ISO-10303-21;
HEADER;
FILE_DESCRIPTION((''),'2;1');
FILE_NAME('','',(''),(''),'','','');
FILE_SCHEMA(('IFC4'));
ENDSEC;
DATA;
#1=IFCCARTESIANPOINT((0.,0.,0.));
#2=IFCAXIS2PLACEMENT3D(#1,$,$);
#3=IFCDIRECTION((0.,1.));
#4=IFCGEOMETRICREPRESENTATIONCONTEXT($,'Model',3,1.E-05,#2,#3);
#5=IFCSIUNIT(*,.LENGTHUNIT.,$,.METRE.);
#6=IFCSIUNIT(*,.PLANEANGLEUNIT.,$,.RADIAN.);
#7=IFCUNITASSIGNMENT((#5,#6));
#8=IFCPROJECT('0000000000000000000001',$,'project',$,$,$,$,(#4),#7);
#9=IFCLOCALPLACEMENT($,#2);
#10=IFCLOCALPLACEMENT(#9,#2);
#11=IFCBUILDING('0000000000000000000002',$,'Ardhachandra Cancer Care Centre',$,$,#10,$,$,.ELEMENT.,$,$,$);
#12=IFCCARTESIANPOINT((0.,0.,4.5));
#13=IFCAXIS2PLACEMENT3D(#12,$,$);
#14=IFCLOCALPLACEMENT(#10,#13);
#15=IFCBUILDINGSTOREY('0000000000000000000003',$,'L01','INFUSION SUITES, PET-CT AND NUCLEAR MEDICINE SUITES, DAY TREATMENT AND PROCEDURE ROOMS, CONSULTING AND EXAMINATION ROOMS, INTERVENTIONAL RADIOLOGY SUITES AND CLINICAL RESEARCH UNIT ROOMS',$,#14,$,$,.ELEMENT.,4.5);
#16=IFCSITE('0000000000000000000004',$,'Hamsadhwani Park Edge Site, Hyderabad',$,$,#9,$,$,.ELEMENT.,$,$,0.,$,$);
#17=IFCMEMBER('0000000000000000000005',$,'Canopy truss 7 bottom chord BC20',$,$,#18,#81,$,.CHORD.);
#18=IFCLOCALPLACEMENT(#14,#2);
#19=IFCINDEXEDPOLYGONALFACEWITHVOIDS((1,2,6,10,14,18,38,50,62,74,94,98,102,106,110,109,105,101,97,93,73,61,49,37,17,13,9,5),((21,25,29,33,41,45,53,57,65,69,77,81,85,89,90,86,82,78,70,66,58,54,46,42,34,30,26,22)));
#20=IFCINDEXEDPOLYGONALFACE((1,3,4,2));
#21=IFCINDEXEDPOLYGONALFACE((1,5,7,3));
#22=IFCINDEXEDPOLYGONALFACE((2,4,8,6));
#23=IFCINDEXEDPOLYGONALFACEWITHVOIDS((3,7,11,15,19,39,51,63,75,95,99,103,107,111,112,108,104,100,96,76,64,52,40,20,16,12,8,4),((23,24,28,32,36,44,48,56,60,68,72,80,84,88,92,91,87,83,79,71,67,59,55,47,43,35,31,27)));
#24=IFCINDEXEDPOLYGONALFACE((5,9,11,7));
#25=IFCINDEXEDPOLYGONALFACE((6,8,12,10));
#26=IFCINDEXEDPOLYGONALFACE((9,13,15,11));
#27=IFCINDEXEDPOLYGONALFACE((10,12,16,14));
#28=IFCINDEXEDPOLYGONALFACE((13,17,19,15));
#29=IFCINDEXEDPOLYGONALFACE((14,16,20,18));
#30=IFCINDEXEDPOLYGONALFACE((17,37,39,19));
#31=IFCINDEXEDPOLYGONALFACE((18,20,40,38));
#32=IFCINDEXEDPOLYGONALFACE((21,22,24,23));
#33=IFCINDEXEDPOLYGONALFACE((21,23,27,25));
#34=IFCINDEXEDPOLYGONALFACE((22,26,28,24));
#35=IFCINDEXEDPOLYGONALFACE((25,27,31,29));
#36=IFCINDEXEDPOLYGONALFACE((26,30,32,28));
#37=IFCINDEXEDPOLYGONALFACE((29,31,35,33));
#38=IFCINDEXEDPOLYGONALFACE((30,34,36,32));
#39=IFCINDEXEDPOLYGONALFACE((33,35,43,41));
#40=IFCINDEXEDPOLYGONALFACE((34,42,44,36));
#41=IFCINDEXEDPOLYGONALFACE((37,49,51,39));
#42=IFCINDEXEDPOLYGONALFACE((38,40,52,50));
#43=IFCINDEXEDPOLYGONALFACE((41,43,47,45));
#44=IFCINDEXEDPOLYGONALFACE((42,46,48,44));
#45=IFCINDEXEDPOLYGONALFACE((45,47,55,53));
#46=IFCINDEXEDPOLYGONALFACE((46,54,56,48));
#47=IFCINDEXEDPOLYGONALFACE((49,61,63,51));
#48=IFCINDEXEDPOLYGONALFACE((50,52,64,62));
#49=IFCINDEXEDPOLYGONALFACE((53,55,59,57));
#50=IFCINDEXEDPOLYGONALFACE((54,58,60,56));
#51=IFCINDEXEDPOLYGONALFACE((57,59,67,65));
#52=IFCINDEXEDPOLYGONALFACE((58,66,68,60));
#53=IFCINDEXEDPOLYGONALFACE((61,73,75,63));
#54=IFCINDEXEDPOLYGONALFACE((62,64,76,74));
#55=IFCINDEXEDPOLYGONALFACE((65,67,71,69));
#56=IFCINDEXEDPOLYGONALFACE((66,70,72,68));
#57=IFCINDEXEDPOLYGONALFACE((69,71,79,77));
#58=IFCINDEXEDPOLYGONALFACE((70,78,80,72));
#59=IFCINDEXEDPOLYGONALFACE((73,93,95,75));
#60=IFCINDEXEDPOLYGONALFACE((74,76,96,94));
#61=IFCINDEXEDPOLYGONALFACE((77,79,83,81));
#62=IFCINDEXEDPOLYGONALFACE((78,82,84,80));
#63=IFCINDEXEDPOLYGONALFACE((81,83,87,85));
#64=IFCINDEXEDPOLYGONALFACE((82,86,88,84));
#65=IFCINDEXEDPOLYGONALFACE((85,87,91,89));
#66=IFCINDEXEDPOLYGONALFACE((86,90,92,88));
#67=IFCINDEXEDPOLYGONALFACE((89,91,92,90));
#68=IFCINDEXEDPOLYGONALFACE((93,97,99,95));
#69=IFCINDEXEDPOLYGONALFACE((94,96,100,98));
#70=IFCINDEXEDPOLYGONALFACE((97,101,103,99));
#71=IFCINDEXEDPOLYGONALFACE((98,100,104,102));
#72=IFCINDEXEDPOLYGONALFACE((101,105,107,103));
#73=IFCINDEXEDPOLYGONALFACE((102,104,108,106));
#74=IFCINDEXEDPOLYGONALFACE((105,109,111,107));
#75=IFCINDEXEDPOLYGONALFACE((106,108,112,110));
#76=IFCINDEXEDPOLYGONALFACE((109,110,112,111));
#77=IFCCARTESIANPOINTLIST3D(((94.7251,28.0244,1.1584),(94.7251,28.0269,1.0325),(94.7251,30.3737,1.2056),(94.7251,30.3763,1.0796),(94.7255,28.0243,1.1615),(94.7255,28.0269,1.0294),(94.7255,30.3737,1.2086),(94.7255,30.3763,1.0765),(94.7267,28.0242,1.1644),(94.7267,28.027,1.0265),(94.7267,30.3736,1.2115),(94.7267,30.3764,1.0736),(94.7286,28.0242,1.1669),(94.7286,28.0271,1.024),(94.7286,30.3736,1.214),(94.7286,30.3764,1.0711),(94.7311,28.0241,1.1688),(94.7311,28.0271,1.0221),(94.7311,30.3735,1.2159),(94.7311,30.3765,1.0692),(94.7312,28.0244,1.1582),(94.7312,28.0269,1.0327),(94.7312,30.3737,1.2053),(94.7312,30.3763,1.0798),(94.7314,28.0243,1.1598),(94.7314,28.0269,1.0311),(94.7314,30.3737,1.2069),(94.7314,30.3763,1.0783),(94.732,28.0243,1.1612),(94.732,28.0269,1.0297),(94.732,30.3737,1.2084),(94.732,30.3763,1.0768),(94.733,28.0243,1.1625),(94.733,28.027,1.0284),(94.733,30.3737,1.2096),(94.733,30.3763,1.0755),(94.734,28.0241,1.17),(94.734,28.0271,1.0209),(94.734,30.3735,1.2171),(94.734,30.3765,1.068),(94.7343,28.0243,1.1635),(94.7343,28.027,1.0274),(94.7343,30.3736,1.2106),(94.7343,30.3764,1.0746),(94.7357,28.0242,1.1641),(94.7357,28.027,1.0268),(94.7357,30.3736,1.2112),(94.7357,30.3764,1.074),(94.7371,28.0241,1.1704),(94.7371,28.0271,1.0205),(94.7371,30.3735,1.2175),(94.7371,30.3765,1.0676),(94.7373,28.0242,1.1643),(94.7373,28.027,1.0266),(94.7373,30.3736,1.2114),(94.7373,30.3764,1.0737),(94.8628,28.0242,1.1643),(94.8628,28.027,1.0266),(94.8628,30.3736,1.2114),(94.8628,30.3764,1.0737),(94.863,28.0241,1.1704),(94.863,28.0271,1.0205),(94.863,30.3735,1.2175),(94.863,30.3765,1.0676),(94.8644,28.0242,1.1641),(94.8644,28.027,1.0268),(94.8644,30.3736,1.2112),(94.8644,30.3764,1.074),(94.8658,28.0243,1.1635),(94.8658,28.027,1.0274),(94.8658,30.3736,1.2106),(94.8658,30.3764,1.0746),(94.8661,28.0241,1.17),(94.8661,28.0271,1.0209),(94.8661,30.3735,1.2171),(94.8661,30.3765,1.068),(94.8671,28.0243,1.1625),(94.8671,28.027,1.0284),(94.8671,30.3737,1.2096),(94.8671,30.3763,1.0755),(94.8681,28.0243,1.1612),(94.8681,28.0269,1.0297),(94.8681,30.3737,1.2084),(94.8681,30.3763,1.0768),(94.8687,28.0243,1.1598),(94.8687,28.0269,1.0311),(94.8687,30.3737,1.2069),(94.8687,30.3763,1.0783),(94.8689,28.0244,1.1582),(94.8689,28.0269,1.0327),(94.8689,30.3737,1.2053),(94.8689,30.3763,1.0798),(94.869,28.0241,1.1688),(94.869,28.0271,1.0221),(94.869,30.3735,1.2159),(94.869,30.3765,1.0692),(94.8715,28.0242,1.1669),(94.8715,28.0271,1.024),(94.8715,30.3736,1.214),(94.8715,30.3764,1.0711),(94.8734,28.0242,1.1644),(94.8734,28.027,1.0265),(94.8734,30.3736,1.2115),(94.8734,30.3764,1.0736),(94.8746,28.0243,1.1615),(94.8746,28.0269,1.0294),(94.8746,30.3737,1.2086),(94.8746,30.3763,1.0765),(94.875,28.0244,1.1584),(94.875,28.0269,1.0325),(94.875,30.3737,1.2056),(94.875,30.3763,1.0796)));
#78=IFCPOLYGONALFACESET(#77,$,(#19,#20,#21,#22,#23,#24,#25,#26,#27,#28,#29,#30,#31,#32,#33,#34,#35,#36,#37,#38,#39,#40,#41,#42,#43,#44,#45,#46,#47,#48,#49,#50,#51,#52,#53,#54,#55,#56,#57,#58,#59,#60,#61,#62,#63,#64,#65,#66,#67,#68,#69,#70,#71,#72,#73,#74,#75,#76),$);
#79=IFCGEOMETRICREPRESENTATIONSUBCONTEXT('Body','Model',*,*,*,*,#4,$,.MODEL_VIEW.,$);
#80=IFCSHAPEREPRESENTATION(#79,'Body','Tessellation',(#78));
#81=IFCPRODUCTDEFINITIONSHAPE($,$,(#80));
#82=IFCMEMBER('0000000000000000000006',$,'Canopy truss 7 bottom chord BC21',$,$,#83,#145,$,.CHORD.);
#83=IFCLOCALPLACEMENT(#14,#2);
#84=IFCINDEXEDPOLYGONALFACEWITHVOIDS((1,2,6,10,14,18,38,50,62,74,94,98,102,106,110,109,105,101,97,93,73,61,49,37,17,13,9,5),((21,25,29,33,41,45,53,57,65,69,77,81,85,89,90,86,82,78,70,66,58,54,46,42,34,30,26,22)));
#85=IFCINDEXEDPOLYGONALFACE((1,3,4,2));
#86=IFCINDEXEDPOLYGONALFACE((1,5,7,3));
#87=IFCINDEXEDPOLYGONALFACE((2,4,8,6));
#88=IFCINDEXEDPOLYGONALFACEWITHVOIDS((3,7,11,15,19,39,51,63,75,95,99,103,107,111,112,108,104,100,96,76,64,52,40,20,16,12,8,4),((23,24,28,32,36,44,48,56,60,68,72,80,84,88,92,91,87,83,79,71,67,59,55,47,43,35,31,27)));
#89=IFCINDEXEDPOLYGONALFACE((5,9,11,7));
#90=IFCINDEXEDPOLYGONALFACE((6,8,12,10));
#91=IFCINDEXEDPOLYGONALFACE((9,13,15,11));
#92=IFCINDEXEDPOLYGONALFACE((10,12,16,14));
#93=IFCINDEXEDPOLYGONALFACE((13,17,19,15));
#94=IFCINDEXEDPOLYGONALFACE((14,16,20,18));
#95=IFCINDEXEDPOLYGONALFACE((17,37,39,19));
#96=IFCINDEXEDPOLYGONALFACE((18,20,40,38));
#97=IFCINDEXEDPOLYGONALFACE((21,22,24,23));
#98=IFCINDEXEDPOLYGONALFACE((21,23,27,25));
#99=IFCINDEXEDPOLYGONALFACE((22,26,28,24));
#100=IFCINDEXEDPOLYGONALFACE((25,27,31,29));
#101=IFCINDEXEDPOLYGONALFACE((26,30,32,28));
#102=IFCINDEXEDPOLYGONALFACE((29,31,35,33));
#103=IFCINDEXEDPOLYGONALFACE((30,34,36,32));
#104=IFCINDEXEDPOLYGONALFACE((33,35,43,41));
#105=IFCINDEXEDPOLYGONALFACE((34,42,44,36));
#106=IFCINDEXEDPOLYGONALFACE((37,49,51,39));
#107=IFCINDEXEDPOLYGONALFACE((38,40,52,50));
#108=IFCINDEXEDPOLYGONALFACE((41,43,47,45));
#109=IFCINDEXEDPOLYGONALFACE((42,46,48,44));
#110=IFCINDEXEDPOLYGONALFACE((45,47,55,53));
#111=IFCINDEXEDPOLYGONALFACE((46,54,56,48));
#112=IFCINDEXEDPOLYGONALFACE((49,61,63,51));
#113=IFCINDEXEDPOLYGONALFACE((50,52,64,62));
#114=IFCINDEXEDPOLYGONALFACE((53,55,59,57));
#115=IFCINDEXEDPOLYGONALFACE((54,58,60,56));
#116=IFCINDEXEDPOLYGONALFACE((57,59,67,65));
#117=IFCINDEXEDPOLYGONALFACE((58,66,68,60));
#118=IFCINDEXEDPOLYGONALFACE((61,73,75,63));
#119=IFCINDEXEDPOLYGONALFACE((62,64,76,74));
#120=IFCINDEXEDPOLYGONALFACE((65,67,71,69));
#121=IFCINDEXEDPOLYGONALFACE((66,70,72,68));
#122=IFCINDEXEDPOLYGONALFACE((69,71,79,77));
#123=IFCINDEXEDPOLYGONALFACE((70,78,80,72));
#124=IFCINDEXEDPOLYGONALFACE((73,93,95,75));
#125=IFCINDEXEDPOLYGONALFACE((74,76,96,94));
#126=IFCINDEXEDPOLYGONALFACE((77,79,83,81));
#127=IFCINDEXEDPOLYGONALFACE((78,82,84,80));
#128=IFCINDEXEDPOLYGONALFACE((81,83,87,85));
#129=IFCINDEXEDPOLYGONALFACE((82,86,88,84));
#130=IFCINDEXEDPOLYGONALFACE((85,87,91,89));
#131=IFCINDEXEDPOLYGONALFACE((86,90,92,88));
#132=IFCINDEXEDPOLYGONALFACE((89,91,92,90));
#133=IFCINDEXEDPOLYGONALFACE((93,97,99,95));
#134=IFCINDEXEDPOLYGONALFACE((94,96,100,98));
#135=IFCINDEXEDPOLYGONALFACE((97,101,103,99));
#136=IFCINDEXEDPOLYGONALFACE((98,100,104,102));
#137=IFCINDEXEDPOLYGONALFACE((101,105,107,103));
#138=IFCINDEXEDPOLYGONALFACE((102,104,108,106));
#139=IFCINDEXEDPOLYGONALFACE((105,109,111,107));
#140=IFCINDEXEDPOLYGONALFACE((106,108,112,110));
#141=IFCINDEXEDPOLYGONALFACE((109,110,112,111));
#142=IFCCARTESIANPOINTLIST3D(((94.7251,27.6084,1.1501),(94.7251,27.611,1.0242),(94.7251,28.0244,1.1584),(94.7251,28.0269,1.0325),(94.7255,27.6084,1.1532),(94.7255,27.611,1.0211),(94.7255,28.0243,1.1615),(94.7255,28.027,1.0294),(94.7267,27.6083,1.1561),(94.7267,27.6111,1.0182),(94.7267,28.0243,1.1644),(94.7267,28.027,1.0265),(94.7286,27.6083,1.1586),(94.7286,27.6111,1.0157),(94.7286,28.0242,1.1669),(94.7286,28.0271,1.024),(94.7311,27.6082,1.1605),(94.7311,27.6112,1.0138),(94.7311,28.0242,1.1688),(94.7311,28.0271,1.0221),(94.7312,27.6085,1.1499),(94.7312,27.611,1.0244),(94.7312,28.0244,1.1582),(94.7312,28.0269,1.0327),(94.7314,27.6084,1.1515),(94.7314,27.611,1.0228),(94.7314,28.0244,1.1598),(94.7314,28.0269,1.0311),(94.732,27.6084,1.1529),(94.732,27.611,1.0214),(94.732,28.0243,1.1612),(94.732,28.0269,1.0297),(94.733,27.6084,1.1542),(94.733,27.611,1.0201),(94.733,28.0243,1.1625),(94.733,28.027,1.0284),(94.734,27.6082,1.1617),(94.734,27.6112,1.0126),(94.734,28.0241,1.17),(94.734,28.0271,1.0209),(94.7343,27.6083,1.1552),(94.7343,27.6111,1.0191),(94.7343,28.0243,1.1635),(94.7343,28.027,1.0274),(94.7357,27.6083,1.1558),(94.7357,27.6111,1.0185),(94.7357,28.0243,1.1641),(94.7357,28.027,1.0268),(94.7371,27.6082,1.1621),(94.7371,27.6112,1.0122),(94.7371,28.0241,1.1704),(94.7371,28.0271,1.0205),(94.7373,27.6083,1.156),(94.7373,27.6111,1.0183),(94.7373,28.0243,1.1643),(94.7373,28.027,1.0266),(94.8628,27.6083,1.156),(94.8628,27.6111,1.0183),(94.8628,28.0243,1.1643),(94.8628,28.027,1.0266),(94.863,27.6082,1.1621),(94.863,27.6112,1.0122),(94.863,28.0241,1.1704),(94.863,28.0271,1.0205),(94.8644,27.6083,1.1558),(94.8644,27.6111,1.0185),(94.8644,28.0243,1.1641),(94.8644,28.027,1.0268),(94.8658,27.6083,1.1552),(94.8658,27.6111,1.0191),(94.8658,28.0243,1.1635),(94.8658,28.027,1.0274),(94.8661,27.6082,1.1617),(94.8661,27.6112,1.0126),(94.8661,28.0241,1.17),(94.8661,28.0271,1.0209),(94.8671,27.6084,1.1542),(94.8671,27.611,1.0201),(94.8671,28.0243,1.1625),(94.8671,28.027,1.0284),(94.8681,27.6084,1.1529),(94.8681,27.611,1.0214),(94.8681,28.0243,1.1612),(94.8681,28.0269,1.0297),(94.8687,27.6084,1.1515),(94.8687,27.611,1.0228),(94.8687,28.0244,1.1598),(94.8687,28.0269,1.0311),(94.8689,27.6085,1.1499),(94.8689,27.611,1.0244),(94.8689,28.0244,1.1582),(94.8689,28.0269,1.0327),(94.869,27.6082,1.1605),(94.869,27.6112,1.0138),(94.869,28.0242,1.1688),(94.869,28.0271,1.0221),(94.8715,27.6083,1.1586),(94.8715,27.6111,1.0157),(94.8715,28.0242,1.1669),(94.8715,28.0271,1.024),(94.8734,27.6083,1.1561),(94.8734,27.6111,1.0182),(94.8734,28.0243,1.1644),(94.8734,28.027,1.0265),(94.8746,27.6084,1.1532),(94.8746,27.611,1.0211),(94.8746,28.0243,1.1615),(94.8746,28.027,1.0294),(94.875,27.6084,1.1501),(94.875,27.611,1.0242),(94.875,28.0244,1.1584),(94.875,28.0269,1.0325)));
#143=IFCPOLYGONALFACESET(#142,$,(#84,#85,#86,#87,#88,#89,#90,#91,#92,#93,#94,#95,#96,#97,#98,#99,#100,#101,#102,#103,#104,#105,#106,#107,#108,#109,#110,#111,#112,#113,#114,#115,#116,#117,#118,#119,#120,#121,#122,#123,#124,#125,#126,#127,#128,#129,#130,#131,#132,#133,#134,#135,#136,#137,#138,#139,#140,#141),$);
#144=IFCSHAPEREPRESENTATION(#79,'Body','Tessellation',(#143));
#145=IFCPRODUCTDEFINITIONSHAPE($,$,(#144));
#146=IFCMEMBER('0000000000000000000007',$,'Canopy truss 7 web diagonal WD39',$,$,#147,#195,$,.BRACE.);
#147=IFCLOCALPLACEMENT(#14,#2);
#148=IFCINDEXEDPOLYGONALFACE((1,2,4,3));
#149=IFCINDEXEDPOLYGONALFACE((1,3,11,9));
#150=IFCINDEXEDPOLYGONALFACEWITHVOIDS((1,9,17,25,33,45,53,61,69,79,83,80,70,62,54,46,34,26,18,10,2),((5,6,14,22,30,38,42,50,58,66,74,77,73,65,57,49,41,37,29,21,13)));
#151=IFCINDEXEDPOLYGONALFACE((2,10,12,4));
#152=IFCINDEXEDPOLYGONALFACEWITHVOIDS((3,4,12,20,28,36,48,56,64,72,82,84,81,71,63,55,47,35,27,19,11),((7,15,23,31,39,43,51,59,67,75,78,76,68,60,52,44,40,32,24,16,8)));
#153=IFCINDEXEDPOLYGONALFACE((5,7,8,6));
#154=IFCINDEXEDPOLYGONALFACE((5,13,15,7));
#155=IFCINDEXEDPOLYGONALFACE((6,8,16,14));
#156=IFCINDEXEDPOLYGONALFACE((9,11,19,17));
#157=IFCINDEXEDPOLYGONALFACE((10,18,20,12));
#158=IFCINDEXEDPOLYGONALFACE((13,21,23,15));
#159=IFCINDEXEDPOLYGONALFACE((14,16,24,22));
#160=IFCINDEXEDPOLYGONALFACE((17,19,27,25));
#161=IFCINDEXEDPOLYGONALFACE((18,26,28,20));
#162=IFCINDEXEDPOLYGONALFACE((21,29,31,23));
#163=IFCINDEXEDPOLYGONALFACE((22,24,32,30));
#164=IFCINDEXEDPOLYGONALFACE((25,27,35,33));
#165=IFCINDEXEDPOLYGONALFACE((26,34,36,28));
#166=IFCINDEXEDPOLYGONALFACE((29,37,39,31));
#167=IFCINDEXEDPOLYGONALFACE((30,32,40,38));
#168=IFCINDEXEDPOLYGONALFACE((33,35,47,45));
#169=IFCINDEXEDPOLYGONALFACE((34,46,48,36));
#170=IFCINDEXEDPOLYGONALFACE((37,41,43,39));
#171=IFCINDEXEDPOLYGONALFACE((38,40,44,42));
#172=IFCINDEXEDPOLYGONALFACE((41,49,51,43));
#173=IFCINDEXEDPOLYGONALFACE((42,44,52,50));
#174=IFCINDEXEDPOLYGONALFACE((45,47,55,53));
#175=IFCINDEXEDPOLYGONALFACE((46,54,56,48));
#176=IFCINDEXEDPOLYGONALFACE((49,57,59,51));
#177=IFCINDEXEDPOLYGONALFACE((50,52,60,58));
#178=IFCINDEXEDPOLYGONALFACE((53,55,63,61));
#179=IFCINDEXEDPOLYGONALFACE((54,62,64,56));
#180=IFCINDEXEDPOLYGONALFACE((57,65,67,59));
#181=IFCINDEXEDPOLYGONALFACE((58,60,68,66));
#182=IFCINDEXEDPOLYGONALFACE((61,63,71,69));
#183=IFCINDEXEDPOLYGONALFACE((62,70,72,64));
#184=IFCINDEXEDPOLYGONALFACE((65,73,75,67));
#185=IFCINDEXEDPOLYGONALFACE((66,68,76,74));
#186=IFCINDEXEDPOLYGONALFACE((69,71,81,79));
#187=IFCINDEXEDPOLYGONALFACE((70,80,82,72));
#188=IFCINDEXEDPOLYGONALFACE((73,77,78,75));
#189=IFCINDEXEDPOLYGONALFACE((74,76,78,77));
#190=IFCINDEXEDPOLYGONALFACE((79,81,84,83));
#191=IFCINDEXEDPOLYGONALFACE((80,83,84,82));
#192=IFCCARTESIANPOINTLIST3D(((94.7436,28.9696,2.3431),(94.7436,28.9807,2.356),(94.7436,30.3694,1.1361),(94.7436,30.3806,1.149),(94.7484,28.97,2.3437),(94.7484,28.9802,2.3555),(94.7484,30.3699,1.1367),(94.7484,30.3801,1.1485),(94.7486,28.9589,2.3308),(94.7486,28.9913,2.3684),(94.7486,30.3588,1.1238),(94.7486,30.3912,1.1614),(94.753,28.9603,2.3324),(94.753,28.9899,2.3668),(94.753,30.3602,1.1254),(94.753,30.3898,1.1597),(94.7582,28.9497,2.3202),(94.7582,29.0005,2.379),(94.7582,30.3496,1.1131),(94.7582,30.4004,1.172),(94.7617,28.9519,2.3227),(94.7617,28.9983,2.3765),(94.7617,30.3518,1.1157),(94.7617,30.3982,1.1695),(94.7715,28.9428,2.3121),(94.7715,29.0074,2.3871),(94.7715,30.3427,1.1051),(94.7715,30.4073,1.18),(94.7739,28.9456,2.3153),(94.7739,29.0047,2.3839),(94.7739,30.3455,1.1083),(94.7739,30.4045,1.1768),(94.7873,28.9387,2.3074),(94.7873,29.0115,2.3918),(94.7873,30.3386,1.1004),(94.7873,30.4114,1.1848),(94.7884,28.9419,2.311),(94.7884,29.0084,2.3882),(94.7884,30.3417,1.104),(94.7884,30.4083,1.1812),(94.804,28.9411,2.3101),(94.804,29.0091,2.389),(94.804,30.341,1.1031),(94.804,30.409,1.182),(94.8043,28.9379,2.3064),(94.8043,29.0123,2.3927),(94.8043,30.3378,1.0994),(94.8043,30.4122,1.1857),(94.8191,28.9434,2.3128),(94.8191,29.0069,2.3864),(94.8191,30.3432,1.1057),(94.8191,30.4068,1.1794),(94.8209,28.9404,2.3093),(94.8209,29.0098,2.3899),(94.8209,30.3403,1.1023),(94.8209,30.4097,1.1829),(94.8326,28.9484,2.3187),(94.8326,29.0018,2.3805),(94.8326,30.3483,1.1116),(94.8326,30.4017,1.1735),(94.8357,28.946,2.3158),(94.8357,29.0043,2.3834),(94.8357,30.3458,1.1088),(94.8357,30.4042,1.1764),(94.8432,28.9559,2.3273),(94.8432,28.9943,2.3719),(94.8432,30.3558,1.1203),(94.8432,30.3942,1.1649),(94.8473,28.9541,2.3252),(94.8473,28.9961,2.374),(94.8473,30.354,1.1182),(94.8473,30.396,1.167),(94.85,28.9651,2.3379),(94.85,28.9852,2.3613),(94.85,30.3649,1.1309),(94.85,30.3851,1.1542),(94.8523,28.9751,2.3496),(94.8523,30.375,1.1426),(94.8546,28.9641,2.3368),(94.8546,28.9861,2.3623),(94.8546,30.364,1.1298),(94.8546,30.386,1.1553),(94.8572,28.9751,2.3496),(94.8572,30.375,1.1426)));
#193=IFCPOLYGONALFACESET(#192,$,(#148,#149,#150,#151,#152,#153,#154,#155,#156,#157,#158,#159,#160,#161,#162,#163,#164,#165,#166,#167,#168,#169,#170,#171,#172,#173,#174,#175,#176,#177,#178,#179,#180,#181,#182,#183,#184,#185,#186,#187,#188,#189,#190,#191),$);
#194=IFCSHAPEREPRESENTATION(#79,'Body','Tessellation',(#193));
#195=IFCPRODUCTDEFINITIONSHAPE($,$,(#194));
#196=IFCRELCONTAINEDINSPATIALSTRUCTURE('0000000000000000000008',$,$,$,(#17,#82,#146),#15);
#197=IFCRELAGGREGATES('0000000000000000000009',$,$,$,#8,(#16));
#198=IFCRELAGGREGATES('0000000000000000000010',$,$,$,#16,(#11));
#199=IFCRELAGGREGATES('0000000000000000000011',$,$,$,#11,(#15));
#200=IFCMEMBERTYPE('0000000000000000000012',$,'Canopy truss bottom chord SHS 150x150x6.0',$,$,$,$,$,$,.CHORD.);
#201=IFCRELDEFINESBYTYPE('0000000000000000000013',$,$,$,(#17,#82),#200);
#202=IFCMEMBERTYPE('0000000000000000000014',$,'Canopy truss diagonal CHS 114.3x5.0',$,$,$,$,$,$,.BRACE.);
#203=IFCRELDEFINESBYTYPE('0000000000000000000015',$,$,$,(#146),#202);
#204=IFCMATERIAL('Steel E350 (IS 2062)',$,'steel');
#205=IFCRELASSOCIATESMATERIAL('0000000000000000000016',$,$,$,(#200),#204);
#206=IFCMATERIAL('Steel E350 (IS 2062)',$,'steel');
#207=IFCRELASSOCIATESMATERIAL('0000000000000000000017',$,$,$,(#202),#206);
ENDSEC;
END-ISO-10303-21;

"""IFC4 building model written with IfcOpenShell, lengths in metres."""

from ifc_helpers import new_model, si_unit, direction, frame, origin, origin_2d, place, context, subcontext, project, spatial, hollow_rectangle, hollow_circle, extrude, material, material_profile, profile_set, type_object, element, save


model = new_model("IFC4")

# Units and contexts
model_context = context("Model", 3, precision=1e-05, world=origin(), true_north=direction((0.0, 1.0)))
body_context = subcontext(model_context, "Body", "Model", "MODEL_VIEW")
ifc_project = project(units=[si_unit("LENGTHUNIT", "METRE"), si_unit("PLANEANGLEUNIT", "RADIAN")], contexts=[model_context])

# Site, building, storey
site_placement = place(None, origin())
site = spatial("IfcSite", under=ifc_project, at=site_placement, Name="Hamsadhwani Park Edge Site, Hyderabad", CompositionType="ELEMENT", RefElevation=0.0)
building_placement = place(site_placement, origin())
building = spatial("IfcBuilding", under=site, at=building_placement, Name="Ardhachandra Cancer Care Centre", CompositionType="ELEMENT")
storey_placement = place(building_placement, frame((0.0, 0.0, 4.5)))
storey = spatial("IfcBuildingStorey", under=building, at=storey_placement, Name="L01", Description="INFUSION SUITES, PET-CT AND NUCLEAR MEDICINE SUITES, DAY TREATMENT AND PROCEDURE ROOMS, CONSULTING AND EXAMINATION ROOMS, INTERVENTIONAL RADIOLOGY SUITES AND CLINICAL RESEARCH UNIT ROOMS", CompositionType="ELEMENT", Elevation=4.5)

# Members
ifc_material_1 = material(Name="Steel E350 (IS 2062)", Category="steel")
ifc_material_profile_1 = material_profile(ifc_material_1, hollow_rectangle(XDim=0.1499, YDim=0.1499, WallThickness=0.0061, InnerFilletRadius=0.0061, OuterFilletRadius=0.012, at=origin_2d()), Name="SHS 150x150x6.0")
ifc_profile_set_1 = profile_set([ifc_material_profile_1], Name="Steel E350 (IS 2062)")
member_type_1 = type_object("IfcMemberType", Name="Canopy truss bottom chord SHS 150x150x6.0", PredefinedType="CHORD", material=ifc_profile_set_1)
member_1_placement = place(storey_placement, frame((94.8, 30.375, 1.1426), z_axis=(0.0, -0.999799, -0.020052), x_axis=(1.0, 0.0, 0.0)))
element("IfcMember", 1, at=member_1_placement, inside=storey, type_object=member_type_1, Name="Canopy truss 7 bottom chord BC20", PredefinedType="CHORD", context=body_context, shape_type="SweptSolid", body=[
    extrude(hollow_rectangle(XDim=0.1499, YDim=0.1499, WallThickness=0.0061, InnerFilletRadius=0.0061, OuterFilletRadius=0.012, at=origin_2d()), origin(), (0.0, 0.0, 1.0), 2.3499),
])
member_2_placement = place(storey_placement, frame((94.8, 28.0256, 1.0955), z_axis=(0.0, -0.999801, -0.019949), x_axis=(1.0, 0.0, 0.0)))
element("IfcMember", 2, at=member_2_placement, inside=storey, type_object=member_type_1, Name="Canopy truss 7 bottom chord BC21", PredefinedType="CHORD", context=body_context, shape_type="SweptSolid", body=[
    extrude(hollow_rectangle(XDim=0.1499, YDim=0.1499, WallThickness=0.0061, InnerFilletRadius=0.0061, OuterFilletRadius=0.012, at=origin_2d()), origin(), (0.0, 0.0, 1.0), 0.416),
])
ifc_material_2 = material(Name="Steel E350 (IS 2062)", Category="steel")
ifc_material_profile_2 = material_profile(ifc_material_2, hollow_circle(Radius=0.0571, WallThickness=0.0049, at=origin_2d()), Name="CHS 114.3x5.0")
ifc_profile_set_2 = profile_set([ifc_material_profile_2], Name="Steel E350 (IS 2062)")
member_type_2 = type_object("IfcMemberType", Name="Canopy truss diagonal CHS 114.3x5.0", PredefinedType="BRACE", material=ifc_profile_set_2)
member_3_placement = place(storey_placement, frame((94.8, 30.375, 1.1426), z_axis=(0.0, -0.757351, 0.653008), x_axis=(1.0, 0.0, 0.0)))
element("IfcMember", 3, at=member_3_placement, inside=storey, type_object=member_type_2, Name="Canopy truss 7 web diagonal WD39", PredefinedType="BRACE", context=body_context, shape_type="SweptSolid", body=[
    extrude(hollow_circle(Radius=0.0571, WallThickness=0.0049, at=origin_2d()), origin(), (0.0, 0.0, 1.0), 1.8484),
])

save(model, "model.ifc")
